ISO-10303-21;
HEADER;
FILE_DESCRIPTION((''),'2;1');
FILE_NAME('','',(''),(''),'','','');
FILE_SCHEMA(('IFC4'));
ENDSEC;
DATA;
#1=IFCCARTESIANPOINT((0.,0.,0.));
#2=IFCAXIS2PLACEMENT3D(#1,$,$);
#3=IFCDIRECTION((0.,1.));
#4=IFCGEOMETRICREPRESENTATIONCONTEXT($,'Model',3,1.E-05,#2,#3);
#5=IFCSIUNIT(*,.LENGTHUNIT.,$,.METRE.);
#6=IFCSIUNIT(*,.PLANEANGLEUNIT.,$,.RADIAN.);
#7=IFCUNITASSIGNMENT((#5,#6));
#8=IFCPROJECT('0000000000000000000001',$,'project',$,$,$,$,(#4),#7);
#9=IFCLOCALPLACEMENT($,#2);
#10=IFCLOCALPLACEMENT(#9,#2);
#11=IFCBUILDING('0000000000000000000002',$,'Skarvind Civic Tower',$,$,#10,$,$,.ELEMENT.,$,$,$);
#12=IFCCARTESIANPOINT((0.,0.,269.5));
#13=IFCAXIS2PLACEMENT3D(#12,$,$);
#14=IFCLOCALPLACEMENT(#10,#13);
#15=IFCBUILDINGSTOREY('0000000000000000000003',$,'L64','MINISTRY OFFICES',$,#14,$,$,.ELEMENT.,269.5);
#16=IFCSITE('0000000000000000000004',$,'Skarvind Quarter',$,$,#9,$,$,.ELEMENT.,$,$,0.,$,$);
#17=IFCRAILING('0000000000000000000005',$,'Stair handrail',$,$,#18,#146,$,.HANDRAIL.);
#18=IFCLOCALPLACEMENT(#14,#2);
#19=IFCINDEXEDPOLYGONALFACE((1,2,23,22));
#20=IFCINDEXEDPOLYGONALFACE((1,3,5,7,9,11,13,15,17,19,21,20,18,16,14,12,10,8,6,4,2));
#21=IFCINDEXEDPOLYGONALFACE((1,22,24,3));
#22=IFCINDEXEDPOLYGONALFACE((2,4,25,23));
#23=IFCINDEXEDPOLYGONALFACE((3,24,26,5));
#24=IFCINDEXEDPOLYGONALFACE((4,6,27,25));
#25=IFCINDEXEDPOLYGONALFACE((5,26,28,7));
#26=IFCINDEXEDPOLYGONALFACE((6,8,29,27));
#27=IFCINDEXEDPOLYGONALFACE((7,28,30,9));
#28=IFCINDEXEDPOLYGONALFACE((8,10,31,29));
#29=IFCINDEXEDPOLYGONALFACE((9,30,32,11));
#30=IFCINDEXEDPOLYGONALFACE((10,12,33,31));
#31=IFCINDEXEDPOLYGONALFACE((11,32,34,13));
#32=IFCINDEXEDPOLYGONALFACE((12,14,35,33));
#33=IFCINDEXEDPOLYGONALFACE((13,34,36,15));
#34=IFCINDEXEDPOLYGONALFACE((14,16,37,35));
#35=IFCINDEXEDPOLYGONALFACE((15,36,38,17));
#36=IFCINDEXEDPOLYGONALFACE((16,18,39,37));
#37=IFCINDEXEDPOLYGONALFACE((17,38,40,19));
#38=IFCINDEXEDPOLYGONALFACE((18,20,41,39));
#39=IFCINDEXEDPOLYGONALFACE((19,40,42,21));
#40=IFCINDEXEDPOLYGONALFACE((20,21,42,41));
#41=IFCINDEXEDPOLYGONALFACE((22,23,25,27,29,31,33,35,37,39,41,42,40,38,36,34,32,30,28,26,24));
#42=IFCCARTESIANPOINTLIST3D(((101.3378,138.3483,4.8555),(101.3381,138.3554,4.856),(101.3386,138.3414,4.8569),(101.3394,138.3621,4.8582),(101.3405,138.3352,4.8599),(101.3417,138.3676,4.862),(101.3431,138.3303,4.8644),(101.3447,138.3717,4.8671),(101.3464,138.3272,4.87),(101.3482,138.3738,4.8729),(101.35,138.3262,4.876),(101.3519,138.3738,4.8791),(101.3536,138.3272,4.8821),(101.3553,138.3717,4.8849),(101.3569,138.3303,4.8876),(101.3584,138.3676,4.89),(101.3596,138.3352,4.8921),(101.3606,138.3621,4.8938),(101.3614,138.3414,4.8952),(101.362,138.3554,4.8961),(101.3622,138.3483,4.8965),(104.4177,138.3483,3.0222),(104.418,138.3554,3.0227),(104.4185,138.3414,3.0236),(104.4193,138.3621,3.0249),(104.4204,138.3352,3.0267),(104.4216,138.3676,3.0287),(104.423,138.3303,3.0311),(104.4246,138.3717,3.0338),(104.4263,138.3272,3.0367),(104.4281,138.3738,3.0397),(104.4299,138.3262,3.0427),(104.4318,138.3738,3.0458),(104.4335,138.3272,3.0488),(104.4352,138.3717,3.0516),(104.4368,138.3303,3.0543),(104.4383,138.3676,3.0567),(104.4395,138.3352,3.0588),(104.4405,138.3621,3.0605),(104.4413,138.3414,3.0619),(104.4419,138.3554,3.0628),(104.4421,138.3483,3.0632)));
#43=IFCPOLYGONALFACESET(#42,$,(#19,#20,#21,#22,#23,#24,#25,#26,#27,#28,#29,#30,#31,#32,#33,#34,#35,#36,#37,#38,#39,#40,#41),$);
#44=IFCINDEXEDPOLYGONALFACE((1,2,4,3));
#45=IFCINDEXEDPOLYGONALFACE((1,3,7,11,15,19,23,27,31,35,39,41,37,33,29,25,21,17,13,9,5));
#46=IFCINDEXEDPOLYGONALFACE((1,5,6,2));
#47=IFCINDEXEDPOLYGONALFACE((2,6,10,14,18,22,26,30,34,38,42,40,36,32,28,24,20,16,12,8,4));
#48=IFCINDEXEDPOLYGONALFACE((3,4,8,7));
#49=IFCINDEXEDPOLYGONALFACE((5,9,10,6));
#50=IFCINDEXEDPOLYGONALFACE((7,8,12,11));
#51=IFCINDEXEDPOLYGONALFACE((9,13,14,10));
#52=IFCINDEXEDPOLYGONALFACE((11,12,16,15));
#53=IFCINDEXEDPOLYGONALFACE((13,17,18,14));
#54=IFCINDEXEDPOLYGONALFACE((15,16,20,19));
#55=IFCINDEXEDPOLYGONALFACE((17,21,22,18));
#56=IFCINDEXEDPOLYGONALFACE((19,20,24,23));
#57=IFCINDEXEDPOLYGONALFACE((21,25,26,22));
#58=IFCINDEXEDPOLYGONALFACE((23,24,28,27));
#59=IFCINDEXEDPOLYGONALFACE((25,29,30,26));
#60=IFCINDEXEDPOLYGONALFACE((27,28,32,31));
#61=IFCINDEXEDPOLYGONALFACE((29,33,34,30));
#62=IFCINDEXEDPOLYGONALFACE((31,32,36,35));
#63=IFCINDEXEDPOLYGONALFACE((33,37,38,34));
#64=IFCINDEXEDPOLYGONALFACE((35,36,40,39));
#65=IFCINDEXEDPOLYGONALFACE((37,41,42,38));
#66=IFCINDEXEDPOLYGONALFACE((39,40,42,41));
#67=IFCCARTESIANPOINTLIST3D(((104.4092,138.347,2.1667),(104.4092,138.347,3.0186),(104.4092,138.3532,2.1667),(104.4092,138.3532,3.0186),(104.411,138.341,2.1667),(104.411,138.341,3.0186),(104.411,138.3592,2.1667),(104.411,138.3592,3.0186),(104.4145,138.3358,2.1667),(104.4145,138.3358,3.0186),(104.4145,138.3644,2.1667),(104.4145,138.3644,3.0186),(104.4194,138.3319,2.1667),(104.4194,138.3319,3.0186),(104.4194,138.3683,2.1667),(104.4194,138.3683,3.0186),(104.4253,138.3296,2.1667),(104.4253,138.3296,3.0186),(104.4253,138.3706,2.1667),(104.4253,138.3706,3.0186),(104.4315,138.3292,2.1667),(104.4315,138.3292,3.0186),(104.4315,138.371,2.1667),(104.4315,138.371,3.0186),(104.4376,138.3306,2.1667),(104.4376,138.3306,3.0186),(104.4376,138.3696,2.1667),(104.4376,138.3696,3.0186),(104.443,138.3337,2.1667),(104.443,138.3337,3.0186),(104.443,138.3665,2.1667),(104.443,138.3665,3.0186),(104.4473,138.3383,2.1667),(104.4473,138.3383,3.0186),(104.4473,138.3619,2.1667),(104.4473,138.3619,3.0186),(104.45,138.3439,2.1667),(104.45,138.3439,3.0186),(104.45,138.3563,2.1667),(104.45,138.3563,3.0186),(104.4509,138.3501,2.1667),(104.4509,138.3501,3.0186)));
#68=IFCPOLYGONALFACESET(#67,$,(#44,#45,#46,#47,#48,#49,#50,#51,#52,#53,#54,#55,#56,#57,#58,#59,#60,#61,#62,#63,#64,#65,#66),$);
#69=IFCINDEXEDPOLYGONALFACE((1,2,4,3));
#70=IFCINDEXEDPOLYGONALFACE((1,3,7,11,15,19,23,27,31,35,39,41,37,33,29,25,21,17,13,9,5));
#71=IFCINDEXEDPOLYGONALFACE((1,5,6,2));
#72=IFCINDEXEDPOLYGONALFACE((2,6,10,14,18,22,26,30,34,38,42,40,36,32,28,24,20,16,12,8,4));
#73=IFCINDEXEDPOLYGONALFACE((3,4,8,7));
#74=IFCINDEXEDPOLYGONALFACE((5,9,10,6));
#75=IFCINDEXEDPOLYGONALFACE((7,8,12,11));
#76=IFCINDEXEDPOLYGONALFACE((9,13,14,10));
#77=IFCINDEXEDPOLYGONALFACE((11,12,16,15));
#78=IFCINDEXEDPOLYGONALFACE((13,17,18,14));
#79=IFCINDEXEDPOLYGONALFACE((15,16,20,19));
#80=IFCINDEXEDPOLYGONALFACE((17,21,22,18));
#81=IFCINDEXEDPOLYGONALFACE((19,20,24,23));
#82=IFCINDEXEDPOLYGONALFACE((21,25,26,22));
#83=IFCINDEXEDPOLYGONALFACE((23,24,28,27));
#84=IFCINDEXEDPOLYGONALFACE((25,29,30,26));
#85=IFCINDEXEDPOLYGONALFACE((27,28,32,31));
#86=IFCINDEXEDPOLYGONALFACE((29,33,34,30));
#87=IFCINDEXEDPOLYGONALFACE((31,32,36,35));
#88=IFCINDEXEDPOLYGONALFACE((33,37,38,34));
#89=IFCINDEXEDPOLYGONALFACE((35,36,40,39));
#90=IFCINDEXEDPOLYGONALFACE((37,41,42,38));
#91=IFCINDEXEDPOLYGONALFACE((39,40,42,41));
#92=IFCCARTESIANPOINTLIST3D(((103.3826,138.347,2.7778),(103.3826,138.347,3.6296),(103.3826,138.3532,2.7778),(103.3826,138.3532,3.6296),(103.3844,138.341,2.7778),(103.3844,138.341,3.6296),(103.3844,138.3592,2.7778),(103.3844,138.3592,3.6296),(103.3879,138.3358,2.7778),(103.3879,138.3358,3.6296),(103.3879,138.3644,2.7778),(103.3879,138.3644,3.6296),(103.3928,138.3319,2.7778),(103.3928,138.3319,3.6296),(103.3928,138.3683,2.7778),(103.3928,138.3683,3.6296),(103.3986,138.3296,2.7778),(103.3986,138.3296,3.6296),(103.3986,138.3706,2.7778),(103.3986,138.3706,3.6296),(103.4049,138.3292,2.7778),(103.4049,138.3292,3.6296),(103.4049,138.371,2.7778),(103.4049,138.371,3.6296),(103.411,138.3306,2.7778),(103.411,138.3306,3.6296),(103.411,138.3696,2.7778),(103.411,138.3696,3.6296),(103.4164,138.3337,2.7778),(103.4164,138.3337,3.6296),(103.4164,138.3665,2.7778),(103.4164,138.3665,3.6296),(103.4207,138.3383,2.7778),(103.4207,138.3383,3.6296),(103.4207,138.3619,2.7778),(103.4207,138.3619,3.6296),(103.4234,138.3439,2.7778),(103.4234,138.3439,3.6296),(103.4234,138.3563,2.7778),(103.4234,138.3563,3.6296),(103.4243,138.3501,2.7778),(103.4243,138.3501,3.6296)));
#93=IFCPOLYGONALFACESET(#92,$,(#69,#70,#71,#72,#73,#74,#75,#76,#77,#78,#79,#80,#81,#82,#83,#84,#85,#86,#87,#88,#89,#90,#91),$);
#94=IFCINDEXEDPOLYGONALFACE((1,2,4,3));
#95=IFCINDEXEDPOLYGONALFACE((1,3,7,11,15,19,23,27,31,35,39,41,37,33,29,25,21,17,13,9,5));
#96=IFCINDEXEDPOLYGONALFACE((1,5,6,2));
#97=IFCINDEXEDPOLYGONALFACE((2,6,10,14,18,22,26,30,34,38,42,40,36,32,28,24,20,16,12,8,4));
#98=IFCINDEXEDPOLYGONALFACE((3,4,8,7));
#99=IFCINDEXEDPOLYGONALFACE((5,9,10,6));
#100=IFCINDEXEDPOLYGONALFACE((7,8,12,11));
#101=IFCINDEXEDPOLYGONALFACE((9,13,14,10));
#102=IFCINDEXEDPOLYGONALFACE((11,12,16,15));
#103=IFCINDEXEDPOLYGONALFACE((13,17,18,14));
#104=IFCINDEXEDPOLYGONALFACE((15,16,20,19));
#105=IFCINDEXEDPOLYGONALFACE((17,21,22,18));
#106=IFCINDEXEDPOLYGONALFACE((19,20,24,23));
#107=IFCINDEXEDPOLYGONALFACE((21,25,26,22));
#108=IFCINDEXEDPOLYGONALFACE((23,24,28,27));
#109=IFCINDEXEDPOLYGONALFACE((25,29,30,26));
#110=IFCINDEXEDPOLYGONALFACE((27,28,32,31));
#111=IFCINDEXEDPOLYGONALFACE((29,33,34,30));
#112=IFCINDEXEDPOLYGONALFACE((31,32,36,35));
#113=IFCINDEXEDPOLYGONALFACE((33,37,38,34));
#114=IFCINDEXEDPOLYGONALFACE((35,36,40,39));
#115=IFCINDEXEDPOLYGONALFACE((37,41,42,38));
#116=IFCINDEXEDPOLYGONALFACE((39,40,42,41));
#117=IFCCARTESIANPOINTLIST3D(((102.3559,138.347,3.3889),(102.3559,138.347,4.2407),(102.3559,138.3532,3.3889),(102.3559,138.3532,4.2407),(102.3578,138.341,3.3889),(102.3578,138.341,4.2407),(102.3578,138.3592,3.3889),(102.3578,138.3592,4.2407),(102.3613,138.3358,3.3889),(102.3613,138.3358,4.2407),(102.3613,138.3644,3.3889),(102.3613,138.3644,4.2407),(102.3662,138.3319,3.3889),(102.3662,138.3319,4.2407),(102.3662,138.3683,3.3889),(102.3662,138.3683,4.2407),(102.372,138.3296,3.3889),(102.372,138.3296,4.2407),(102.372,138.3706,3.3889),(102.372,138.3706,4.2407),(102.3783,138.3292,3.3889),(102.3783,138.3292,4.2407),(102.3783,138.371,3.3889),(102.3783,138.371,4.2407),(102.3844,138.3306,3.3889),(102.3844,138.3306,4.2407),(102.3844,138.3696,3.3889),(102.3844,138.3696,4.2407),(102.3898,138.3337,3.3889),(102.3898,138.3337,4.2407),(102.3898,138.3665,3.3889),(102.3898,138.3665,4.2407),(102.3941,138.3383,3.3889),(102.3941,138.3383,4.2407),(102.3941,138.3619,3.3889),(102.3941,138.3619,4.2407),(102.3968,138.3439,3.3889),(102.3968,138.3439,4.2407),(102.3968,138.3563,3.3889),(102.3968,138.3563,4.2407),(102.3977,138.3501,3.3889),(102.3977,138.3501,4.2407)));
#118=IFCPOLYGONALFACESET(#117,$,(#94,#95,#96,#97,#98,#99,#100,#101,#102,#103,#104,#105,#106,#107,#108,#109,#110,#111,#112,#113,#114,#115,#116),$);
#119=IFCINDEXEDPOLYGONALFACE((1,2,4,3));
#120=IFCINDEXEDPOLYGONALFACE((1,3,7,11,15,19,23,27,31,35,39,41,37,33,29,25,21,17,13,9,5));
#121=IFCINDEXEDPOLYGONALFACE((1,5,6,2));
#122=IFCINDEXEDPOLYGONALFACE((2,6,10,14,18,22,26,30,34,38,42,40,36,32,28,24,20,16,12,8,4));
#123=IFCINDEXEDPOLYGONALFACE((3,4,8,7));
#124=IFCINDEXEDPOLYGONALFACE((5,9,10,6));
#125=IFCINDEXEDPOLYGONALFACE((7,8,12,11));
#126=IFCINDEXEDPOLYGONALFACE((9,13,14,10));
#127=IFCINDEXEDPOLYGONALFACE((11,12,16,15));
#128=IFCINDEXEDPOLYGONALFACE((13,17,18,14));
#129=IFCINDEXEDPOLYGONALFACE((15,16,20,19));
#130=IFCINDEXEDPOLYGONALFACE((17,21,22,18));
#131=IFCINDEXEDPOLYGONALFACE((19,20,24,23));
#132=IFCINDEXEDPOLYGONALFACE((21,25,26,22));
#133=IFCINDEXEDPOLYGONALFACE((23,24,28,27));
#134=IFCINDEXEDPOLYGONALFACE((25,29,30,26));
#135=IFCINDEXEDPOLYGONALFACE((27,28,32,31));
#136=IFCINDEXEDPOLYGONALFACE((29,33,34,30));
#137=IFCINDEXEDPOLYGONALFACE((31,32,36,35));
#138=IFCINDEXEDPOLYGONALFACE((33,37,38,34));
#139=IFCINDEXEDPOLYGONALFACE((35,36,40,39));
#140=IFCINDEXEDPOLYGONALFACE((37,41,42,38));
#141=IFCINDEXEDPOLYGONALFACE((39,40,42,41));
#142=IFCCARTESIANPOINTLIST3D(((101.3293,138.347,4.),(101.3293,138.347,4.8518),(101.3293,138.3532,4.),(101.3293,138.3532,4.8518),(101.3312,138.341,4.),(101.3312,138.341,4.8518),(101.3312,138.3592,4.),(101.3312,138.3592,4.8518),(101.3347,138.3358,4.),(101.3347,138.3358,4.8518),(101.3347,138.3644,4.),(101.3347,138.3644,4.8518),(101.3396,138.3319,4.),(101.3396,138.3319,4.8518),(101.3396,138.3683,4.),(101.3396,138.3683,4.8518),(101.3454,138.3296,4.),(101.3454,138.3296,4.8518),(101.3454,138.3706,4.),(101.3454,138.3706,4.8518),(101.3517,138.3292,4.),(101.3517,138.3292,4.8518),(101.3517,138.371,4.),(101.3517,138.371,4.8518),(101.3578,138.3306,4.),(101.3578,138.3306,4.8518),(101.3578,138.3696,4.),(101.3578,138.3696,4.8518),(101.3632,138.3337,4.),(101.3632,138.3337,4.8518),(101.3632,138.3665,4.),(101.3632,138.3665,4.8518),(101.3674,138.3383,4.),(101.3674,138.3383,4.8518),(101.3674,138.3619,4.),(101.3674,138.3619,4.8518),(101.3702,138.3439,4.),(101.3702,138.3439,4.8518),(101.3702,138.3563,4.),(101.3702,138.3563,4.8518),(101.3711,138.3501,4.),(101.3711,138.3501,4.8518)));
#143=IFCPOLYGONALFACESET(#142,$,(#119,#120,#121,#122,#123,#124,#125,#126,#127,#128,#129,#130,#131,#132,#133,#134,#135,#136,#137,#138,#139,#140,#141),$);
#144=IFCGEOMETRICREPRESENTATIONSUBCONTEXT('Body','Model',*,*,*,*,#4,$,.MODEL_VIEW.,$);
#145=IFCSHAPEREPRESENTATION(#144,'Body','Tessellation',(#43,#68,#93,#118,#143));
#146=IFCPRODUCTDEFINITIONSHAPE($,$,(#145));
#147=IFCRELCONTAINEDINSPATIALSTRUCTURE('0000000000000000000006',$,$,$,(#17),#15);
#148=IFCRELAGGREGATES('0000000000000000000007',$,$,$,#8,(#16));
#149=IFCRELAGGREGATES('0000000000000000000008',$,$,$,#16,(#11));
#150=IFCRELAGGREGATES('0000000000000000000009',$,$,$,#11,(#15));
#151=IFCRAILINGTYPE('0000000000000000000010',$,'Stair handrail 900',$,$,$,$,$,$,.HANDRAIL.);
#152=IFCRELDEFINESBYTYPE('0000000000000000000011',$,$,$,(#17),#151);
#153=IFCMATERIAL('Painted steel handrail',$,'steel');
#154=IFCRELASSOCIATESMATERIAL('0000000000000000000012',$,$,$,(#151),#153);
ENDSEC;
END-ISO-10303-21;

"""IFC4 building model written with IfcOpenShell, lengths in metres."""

from ifc_helpers import new_model, si_unit, direction, frame, origin, origin_2d, place, context, subcontext, project, spatial, circle, extrude, material, type_object, element, save


model = new_model("IFC4")

# Units and contexts
model_context = context("Model", 3, precision=1e-05, world=origin(), true_north=direction((0.0, 1.0)))
body_context = subcontext(model_context, "Body", "Model", "MODEL_VIEW")
ifc_project = project(units=[si_unit("LENGTHUNIT", "METRE"), si_unit("PLANEANGLEUNIT", "RADIAN")], contexts=[model_context])

# Site, building, storey
site_placement = place(None, origin())
site = spatial("IfcSite", under=ifc_project, at=site_placement, Name="Skarvind Quarter", CompositionType="ELEMENT", RefElevation=0.0)
building_placement = place(site_placement, origin())
building = spatial("IfcBuilding", under=site, at=building_placement, Name="Skarvind Civic Tower", CompositionType="ELEMENT")
storey_placement = place(building_placement, frame((0.0, 0.0, 269.5)))
storey = spatial("IfcBuildingStorey", under=building, at=storey_placement, Name="L64", Description="MINISTRY OFFICES", CompositionType="ELEMENT", Elevation=269.5)

# Railing
ifc_material_1 = material(Name="Painted steel handrail", Category="steel")
railing_type = type_object("IfcRailingType", Name="Stair handrail 900", PredefinedType="HANDRAIL", material=ifc_material_1)
railing_1_placement = place(storey_placement, frame((104.4299, 138.3501, 2.1667)))
element("IfcRailing", 1, at=railing_1_placement, inside=storey, type_object=railing_type, Name="Stair handrail", PredefinedType="HANDRAIL", context=body_context, shape_type="SweptSolid", body=[
    extrude(circle(Radius=0.0239, at=origin_2d()), frame((0.0, 0.0, 0.876), z_axis=(-0.859291, 0.0, 0.511487), x_axis=(0.0, -1.0, 0.0)), (0.0, 0.0, 1.0), 3.5842),
    extrude(circle(Radius=0.021, at=origin_2d()), origin(), (0.0, 0.0, 1.0), 0.8518),
    extrude(circle(Radius=0.021, at=origin_2d()), frame((-1.0266, 0.0, 0.6111)), (0.0, 0.0, 1.0), 0.8518),
    extrude(circle(Radius=0.021, at=origin_2d()), frame((-2.0532, 0.0, 1.2222)), (0.0, 0.0, 1.0), 0.8518),
    extrude(circle(Radius=0.021, at=origin_2d()), frame((-3.0798, 0.0, 1.8333)), (0.0, 0.0, 1.0), 0.8518),
])

save(model, "model.ifc")
